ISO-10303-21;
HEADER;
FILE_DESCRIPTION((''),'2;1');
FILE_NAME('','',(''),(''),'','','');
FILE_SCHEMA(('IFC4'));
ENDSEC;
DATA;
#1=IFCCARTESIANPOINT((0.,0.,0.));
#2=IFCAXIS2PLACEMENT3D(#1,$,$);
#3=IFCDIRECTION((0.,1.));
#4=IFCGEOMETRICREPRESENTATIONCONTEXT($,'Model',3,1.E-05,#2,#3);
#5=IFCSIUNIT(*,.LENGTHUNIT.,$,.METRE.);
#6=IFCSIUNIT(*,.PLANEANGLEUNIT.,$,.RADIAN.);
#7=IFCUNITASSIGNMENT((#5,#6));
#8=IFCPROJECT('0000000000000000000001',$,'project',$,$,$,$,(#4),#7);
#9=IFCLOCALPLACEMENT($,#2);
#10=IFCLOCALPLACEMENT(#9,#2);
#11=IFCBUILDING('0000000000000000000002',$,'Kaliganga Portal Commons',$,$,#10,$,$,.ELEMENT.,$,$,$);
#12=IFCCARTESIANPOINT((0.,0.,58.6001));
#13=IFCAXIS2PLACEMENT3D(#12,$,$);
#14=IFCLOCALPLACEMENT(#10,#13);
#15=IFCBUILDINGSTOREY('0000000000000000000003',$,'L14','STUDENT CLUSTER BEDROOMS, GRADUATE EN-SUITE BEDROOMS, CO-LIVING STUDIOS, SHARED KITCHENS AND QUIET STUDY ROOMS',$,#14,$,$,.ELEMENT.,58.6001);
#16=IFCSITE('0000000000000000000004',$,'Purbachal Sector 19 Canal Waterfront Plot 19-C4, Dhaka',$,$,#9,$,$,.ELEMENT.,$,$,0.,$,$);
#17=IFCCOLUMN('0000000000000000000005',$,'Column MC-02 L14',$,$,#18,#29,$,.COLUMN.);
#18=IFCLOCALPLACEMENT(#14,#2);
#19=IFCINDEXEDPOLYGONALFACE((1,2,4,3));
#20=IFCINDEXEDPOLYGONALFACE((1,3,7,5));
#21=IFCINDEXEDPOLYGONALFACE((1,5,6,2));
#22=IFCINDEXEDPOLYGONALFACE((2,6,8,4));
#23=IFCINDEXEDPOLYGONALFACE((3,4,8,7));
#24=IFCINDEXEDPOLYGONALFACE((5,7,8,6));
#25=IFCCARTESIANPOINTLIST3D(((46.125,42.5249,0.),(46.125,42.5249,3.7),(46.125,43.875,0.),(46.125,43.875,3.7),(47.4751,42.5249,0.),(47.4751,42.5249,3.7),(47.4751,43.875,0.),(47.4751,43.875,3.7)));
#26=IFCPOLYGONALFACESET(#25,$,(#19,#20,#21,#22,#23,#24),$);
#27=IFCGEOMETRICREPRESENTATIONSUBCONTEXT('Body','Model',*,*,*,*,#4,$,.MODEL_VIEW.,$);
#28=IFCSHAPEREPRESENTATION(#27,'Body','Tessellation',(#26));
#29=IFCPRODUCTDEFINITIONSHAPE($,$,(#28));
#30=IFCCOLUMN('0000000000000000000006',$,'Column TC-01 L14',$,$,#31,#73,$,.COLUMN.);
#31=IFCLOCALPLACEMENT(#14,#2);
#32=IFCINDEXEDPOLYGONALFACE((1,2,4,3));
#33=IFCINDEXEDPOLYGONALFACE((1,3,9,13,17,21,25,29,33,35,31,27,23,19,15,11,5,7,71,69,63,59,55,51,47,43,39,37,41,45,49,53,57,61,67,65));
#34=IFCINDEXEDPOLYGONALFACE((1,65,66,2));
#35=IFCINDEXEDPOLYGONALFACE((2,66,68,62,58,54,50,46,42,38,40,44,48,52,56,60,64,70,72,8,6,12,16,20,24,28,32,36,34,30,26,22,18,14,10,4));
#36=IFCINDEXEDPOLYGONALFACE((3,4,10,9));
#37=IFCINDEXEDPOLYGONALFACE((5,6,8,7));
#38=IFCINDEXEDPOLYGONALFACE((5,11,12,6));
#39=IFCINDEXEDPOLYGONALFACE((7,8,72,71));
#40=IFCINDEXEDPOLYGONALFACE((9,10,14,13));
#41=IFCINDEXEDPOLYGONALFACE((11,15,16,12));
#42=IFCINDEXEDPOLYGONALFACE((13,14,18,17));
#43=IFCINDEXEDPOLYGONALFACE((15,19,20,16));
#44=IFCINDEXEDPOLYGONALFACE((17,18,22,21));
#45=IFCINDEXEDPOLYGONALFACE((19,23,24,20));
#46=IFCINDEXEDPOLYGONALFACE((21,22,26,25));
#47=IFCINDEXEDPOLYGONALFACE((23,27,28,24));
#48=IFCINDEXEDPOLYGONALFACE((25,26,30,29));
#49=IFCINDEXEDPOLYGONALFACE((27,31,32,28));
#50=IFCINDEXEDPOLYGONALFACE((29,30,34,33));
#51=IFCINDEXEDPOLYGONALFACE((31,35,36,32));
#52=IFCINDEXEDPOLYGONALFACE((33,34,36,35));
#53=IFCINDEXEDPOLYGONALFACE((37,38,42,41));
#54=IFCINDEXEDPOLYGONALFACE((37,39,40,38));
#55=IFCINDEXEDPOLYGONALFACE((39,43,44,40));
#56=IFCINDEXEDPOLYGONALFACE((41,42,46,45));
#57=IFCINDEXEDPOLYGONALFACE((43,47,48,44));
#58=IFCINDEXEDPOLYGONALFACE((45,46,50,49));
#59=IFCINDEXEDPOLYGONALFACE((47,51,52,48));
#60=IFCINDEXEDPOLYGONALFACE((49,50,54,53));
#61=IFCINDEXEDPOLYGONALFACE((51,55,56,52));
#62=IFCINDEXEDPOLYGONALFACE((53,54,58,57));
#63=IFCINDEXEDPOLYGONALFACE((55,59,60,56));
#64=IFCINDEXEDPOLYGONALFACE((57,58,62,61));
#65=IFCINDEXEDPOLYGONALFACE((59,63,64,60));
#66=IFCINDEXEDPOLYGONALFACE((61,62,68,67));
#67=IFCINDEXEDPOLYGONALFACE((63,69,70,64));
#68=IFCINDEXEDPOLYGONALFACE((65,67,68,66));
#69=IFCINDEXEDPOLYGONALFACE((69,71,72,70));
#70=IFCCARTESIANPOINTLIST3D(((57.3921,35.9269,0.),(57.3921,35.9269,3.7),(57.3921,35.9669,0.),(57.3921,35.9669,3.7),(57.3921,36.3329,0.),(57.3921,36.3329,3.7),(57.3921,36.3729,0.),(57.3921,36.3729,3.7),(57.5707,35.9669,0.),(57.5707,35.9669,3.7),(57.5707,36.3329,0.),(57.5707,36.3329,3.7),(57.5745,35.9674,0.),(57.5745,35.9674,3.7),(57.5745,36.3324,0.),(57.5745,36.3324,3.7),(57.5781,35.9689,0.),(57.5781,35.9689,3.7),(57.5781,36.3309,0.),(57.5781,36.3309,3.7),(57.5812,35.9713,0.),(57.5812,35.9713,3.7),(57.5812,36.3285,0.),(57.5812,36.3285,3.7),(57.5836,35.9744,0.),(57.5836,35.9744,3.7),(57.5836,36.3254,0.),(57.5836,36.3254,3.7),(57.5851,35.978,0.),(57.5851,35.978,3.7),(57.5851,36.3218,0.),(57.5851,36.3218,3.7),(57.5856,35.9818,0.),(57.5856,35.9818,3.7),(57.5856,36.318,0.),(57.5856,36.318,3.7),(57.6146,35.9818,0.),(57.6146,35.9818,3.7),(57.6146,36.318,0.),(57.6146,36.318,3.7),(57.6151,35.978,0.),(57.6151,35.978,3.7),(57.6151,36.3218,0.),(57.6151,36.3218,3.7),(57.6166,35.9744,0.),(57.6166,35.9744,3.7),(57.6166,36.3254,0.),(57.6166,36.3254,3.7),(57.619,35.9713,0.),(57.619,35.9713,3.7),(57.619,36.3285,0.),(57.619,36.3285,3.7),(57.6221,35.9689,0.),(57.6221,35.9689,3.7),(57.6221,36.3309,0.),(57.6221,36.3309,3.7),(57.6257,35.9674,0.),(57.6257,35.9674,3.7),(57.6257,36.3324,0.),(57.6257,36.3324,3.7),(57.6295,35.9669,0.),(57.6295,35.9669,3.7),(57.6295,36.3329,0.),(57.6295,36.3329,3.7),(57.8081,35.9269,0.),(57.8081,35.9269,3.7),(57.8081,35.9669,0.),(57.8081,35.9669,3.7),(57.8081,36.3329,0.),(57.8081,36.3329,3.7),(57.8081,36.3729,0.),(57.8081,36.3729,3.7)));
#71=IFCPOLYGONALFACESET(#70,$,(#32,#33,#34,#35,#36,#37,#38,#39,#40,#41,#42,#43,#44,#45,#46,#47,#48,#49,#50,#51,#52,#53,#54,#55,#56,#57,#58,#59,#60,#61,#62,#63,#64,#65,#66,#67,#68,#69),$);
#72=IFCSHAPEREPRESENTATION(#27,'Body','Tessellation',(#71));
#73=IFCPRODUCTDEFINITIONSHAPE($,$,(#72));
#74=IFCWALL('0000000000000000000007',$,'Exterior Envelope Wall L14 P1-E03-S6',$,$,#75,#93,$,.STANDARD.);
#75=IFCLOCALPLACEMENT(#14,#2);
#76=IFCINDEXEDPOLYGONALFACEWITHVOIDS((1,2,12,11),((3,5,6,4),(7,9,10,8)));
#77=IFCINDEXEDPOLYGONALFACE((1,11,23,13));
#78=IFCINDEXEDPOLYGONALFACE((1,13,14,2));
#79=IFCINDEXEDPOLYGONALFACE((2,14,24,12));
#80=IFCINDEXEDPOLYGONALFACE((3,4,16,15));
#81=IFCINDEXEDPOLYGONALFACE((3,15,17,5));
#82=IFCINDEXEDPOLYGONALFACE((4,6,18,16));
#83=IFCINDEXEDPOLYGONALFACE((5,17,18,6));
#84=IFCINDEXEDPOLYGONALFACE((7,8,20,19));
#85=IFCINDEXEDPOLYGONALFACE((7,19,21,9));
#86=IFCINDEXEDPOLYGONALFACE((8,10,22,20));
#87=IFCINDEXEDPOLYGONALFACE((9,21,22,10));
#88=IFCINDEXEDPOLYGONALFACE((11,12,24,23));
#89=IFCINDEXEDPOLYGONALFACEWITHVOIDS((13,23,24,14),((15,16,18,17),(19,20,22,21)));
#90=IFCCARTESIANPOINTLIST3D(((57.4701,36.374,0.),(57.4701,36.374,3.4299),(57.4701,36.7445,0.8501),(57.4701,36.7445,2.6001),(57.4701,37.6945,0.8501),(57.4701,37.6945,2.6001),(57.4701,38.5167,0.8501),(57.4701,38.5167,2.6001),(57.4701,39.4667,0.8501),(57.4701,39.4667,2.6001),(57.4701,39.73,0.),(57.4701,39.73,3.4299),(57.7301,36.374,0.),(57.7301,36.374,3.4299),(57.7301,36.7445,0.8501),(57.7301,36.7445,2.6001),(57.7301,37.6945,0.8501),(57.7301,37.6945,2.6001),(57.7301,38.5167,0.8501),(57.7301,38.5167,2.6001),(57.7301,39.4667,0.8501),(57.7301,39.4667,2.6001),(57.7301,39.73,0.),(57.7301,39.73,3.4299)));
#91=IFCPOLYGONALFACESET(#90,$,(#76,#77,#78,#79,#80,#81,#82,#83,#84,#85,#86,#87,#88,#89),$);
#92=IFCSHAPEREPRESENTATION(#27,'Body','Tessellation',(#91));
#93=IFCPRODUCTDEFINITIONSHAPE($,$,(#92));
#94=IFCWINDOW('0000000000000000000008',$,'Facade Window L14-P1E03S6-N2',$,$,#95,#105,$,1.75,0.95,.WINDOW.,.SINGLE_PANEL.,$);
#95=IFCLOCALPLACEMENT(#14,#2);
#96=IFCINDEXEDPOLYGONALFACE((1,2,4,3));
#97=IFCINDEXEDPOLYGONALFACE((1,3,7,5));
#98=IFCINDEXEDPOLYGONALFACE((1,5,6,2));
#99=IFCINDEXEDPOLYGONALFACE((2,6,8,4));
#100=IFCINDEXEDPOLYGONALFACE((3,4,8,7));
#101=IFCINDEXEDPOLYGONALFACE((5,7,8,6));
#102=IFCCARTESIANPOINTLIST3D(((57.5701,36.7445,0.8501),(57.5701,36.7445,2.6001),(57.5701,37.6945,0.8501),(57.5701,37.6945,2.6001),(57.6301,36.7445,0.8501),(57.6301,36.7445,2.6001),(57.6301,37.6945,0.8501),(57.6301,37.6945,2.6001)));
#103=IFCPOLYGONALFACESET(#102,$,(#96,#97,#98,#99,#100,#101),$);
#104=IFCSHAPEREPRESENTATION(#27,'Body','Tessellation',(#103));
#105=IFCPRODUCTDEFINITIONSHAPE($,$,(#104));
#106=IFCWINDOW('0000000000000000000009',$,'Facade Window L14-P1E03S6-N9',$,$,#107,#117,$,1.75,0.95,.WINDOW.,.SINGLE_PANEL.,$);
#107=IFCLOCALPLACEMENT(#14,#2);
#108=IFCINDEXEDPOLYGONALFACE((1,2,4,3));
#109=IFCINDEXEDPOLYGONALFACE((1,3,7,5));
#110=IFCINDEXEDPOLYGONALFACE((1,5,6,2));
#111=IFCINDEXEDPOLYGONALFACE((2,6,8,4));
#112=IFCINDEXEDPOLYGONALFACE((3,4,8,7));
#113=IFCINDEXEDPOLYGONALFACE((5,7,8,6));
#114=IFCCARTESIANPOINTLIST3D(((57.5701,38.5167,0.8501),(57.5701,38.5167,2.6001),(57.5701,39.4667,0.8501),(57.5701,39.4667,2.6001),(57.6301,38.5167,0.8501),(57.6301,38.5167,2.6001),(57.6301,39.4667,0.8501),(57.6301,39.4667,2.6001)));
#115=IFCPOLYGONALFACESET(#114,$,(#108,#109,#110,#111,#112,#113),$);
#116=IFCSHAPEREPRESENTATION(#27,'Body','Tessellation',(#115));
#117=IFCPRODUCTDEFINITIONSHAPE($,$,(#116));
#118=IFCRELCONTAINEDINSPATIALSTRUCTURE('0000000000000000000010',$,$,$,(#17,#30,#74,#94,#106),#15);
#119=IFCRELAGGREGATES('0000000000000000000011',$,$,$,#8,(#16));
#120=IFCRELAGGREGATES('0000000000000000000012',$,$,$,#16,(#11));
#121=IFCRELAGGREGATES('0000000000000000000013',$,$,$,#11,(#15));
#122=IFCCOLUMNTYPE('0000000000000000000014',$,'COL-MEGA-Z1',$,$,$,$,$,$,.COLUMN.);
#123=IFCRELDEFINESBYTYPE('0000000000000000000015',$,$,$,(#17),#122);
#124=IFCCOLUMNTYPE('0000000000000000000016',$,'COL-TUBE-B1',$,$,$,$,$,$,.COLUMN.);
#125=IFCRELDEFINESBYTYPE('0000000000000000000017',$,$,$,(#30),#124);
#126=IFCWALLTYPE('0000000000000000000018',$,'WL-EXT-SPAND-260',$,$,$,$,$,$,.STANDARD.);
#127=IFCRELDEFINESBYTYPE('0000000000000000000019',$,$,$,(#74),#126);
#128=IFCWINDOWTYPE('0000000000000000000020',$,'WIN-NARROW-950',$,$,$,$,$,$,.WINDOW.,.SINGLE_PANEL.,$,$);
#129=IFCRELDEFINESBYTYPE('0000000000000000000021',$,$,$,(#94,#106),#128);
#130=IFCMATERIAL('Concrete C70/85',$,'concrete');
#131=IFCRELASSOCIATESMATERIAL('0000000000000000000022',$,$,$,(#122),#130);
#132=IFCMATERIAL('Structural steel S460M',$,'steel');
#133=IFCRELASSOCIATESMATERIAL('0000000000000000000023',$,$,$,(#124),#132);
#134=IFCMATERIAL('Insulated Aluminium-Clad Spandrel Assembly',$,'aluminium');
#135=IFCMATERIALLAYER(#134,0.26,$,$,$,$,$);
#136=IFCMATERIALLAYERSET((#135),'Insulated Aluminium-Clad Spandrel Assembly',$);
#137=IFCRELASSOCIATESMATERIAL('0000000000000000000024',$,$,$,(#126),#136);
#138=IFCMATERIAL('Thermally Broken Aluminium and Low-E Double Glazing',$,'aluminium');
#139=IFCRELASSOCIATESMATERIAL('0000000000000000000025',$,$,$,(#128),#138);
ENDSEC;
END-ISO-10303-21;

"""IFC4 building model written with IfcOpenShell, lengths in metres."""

from ifc_helpers import new_model, si_unit, direction, frame, frame_2d, origin, origin_2d, place, context, subcontext, project, spatial, rectangle, i_section, extrude, source, transform, mapped, material, layer, layer_set, material_profile, profile_set, type_object, element, fill, save


model = new_model("IFC4")

# Units and contexts
model_context = context("Model", 3, precision=1e-05, world=origin(), true_north=direction((0.0, 1.0)))
body_context = subcontext(model_context, "Body", "Model", "MODEL_VIEW")
ifc_project = project(units=[si_unit("LENGTHUNIT", "METRE"), si_unit("PLANEANGLEUNIT", "RADIAN")], contexts=[model_context])

# Site, building, storey
site_placement = place(None, origin())
site = spatial("IfcSite", under=ifc_project, at=site_placement, Name="Purbachal Sector 19 Canal Waterfront Plot 19-C4, Dhaka", CompositionType="ELEMENT", RefElevation=0.0)
building_placement = place(site_placement, origin())
building = spatial("IfcBuilding", under=site, at=building_placement, Name="Kaliganga Portal Commons", CompositionType="ELEMENT")
storey_placement = place(building_placement, frame((0.0, 0.0, 58.6001)))
storey = spatial("IfcBuildingStorey", under=building, at=storey_placement, Name="L14", Description="STUDENT CLUSTER BEDROOMS, GRADUATE EN-SUITE BEDROOMS, CO-LIVING STUDIOS, SHARED KITCHENS AND QUIET STUDY ROOMS", CompositionType="ELEMENT", Elevation=58.6001)

# Columns
ifc_material_1 = material(Name="Concrete C70/85", Category="concrete")
ifc_material_profile_1 = material_profile(ifc_material_1, rectangle(XDim=1.3501, YDim=1.3501, at=origin_2d()), Name="RC 1350x1350")
ifc_profile_set_1 = profile_set([ifc_material_profile_1], Name="Concrete C70/85")
column_type_1 = type_object("IfcColumnType", Name="COL-MEGA-Z1", PredefinedType="COLUMN", material=ifc_profile_set_1)
shared_shape_1 = source(origin(), body_context, "Body", "SweptSolid", [
    extrude(rectangle(XDim=1.3501, YDim=1.3501, at=origin_2d()), origin(), (0.0, 0.0, 1.0), 3.7),
])
column_1_placement = place(storey_placement, frame((46.8, 43.2, 0.0), z_axis=(0.0, 0.0, 1.0), x_axis=(1.0, 0.0, 0.0)))
element("IfcColumn", 1, at=column_1_placement, inside=storey, type_object=column_type_1, Name="Column MC-02 L14", PredefinedType="COLUMN", context=body_context, shape_type="MappedRepresentation", body=[
    mapped(shared_shape_1, transform((0.0, 0.0, 0.0), x_axis=(1.0, 0.0, 0.0), y_axis=(0.0, 1.0, 0.0), z_axis=(0.0, 0.0, 1.0), scale=1.0)),
])
ifc_material_2 = material(Name="Structural steel S460M", Category="steel")
ifc_material_profile_2 = material_profile(ifc_material_2, i_section(OverallWidth=0.416, OverallDepth=0.446, WebThickness=0.0291, FlangeThickness=0.04, FilletRadius=0.0149, at=origin_2d()), Name="HD 400x509")
ifc_profile_set_2 = profile_set([ifc_material_profile_2], Name="Structural steel S460M wide-flange")
column_type_2 = type_object("IfcColumnType", Name="COL-TUBE-B1", PredefinedType="COLUMN", material=ifc_profile_set_2)
shared_shape_2 = source(origin(), body_context, "Body", "SweptSolid", [
    extrude(i_section(OverallWidth=0.416, OverallDepth=0.446, WebThickness=0.0291, FlangeThickness=0.04, FilletRadius=0.0149, at=origin_2d()), origin(), (0.0, 0.0, 1.0), 3.7),
])
column_2_placement = place(storey_placement, frame((57.6001, 36.1499, 0.0), z_axis=(0.0, 0.0, 1.0), x_axis=(1.0, 0.0, 0.0)))
element("IfcColumn", 2, at=column_2_placement, inside=storey, type_object=column_type_2, Name="Column TC-01 L14", PredefinedType="COLUMN", context=body_context, shape_type="MappedRepresentation", body=[
    mapped(shared_shape_2, transform((0.0, 0.0, 0.0), x_axis=(1.0, 0.0, 0.0), y_axis=(0.0, 1.0, 0.0), z_axis=(0.0, 0.0, 1.0), scale=1.0)),
])

# Wall, openings, windows
ifc_material_3 = material(Name="Insulated Aluminium-Clad Spandrel Assembly", Category="aluminium")
ifc_layer_1 = layer(ifc_material_3, 0.26)
ifc_layer_set_1 = layer_set([ifc_layer_1], Name="Insulated Aluminium-Clad Spandrel Assembly")
wall_type_1 = type_object("IfcWallType", Name="WL-EXT-SPAND-260", PredefinedType="STANDARD", material=ifc_layer_set_1)
wall_1_placement = place(storey_placement, frame((57.6001, 39.73, 0.0), z_axis=(0.0, 0.0, 1.0), x_axis=(0.0, -1.0, 0.0)))
wall_1 = element("IfcWall", 3, at=wall_1_placement, inside=storey, type_object=wall_type_1, Name="Exterior Envelope Wall L14 P1-E03-S6", PredefinedType="STANDARD", context=body_context, shape_type="SweptSolid", body=[
    extrude(rectangle(XDim=3.356, YDim=0.26, at=frame_2d((1.678, 0.0))), origin(), (0.0, 0.0, 1.0), 3.4299),
])
opening_1_placement = place(wall_1_placement, frame((2.0354, 0.0, 0.8501)))
opening_1 = element("IfcOpeningElement", 4, at=opening_1_placement, cuts=wall_1, PredefinedType="OPENING", context=body_context, shape_type="SweptSolid", body=[
    extrude(rectangle(XDim=0.95, YDim=1.75, at=frame_2d((0.4751, 0.875))), frame((0.0, 0.1401, 0.0), z_axis=(0.0, -1.0, 0.0), x_axis=(1.0, 0.0, 0.0)), (0.0, 0.0, 1.0), 0.28),
])
opening_2_placement = place(wall_1_placement, frame((0.2632, 0.0, 0.8501)))
opening_2 = element("IfcOpeningElement", 5, at=opening_2_placement, cuts=wall_1, PredefinedType="OPENING", context=body_context, shape_type="SweptSolid", body=[
    extrude(rectangle(XDim=0.95, YDim=1.75, at=frame_2d((0.4751, 0.875))), frame((0.0, 0.1401, 0.0), z_axis=(0.0, -1.0, 0.0), x_axis=(1.0, 0.0, 0.0)), (0.0, 0.0, 1.0), 0.28),
])
ifc_material_4 = material(Name="Thermally Broken Aluminium and Low-E Double Glazing", Category="aluminium")
window_type_1 = type_object("IfcWindowType", Name="WIN-NARROW-950", PartitioningType="SINGLE_PANEL", PredefinedType="WINDOW", material=ifc_material_4)
window_1_placement = place(opening_1_placement, origin())
window_1 = element("IfcWindow", 6, at=window_1_placement, inside=storey, type_object=window_type_1, Name="Facade Window L14-P1E03S6-N2", OverallHeight=1.75, OverallWidth=0.95, PartitioningType="SINGLE_PANEL", PredefinedType="WINDOW", context=body_context, shape_type="SweptSolid", body=[
    extrude(rectangle(XDim=0.95, YDim=1.75, at=frame_2d((0.4751, 0.875))), frame((0.0, 0.03, 0.0), z_axis=(0.0, -1.0, 0.0), x_axis=(1.0, 0.0, 0.0)), (0.0, 0.0, 1.0), 0.0601),
])
fill(opening_1, window_1)
window_2_placement = place(opening_2_placement, origin())
window_2 = element("IfcWindow", 7, at=window_2_placement, inside=storey, type_object=window_type_1, Name="Facade Window L14-P1E03S6-N9", OverallHeight=1.75, OverallWidth=0.95, PartitioningType="SINGLE_PANEL", PredefinedType="WINDOW", context=body_context, shape_type="SweptSolid", body=[
    extrude(rectangle(XDim=0.95, YDim=1.75, at=frame_2d((0.4751, 0.875))), frame((0.0, 0.03, 0.0), z_axis=(0.0, -1.0, 0.0), x_axis=(1.0, 0.0, 0.0)), (0.0, 0.0, 1.0), 0.0601),
])
fill(opening_2, window_2)

save(model, "model.ifc")
